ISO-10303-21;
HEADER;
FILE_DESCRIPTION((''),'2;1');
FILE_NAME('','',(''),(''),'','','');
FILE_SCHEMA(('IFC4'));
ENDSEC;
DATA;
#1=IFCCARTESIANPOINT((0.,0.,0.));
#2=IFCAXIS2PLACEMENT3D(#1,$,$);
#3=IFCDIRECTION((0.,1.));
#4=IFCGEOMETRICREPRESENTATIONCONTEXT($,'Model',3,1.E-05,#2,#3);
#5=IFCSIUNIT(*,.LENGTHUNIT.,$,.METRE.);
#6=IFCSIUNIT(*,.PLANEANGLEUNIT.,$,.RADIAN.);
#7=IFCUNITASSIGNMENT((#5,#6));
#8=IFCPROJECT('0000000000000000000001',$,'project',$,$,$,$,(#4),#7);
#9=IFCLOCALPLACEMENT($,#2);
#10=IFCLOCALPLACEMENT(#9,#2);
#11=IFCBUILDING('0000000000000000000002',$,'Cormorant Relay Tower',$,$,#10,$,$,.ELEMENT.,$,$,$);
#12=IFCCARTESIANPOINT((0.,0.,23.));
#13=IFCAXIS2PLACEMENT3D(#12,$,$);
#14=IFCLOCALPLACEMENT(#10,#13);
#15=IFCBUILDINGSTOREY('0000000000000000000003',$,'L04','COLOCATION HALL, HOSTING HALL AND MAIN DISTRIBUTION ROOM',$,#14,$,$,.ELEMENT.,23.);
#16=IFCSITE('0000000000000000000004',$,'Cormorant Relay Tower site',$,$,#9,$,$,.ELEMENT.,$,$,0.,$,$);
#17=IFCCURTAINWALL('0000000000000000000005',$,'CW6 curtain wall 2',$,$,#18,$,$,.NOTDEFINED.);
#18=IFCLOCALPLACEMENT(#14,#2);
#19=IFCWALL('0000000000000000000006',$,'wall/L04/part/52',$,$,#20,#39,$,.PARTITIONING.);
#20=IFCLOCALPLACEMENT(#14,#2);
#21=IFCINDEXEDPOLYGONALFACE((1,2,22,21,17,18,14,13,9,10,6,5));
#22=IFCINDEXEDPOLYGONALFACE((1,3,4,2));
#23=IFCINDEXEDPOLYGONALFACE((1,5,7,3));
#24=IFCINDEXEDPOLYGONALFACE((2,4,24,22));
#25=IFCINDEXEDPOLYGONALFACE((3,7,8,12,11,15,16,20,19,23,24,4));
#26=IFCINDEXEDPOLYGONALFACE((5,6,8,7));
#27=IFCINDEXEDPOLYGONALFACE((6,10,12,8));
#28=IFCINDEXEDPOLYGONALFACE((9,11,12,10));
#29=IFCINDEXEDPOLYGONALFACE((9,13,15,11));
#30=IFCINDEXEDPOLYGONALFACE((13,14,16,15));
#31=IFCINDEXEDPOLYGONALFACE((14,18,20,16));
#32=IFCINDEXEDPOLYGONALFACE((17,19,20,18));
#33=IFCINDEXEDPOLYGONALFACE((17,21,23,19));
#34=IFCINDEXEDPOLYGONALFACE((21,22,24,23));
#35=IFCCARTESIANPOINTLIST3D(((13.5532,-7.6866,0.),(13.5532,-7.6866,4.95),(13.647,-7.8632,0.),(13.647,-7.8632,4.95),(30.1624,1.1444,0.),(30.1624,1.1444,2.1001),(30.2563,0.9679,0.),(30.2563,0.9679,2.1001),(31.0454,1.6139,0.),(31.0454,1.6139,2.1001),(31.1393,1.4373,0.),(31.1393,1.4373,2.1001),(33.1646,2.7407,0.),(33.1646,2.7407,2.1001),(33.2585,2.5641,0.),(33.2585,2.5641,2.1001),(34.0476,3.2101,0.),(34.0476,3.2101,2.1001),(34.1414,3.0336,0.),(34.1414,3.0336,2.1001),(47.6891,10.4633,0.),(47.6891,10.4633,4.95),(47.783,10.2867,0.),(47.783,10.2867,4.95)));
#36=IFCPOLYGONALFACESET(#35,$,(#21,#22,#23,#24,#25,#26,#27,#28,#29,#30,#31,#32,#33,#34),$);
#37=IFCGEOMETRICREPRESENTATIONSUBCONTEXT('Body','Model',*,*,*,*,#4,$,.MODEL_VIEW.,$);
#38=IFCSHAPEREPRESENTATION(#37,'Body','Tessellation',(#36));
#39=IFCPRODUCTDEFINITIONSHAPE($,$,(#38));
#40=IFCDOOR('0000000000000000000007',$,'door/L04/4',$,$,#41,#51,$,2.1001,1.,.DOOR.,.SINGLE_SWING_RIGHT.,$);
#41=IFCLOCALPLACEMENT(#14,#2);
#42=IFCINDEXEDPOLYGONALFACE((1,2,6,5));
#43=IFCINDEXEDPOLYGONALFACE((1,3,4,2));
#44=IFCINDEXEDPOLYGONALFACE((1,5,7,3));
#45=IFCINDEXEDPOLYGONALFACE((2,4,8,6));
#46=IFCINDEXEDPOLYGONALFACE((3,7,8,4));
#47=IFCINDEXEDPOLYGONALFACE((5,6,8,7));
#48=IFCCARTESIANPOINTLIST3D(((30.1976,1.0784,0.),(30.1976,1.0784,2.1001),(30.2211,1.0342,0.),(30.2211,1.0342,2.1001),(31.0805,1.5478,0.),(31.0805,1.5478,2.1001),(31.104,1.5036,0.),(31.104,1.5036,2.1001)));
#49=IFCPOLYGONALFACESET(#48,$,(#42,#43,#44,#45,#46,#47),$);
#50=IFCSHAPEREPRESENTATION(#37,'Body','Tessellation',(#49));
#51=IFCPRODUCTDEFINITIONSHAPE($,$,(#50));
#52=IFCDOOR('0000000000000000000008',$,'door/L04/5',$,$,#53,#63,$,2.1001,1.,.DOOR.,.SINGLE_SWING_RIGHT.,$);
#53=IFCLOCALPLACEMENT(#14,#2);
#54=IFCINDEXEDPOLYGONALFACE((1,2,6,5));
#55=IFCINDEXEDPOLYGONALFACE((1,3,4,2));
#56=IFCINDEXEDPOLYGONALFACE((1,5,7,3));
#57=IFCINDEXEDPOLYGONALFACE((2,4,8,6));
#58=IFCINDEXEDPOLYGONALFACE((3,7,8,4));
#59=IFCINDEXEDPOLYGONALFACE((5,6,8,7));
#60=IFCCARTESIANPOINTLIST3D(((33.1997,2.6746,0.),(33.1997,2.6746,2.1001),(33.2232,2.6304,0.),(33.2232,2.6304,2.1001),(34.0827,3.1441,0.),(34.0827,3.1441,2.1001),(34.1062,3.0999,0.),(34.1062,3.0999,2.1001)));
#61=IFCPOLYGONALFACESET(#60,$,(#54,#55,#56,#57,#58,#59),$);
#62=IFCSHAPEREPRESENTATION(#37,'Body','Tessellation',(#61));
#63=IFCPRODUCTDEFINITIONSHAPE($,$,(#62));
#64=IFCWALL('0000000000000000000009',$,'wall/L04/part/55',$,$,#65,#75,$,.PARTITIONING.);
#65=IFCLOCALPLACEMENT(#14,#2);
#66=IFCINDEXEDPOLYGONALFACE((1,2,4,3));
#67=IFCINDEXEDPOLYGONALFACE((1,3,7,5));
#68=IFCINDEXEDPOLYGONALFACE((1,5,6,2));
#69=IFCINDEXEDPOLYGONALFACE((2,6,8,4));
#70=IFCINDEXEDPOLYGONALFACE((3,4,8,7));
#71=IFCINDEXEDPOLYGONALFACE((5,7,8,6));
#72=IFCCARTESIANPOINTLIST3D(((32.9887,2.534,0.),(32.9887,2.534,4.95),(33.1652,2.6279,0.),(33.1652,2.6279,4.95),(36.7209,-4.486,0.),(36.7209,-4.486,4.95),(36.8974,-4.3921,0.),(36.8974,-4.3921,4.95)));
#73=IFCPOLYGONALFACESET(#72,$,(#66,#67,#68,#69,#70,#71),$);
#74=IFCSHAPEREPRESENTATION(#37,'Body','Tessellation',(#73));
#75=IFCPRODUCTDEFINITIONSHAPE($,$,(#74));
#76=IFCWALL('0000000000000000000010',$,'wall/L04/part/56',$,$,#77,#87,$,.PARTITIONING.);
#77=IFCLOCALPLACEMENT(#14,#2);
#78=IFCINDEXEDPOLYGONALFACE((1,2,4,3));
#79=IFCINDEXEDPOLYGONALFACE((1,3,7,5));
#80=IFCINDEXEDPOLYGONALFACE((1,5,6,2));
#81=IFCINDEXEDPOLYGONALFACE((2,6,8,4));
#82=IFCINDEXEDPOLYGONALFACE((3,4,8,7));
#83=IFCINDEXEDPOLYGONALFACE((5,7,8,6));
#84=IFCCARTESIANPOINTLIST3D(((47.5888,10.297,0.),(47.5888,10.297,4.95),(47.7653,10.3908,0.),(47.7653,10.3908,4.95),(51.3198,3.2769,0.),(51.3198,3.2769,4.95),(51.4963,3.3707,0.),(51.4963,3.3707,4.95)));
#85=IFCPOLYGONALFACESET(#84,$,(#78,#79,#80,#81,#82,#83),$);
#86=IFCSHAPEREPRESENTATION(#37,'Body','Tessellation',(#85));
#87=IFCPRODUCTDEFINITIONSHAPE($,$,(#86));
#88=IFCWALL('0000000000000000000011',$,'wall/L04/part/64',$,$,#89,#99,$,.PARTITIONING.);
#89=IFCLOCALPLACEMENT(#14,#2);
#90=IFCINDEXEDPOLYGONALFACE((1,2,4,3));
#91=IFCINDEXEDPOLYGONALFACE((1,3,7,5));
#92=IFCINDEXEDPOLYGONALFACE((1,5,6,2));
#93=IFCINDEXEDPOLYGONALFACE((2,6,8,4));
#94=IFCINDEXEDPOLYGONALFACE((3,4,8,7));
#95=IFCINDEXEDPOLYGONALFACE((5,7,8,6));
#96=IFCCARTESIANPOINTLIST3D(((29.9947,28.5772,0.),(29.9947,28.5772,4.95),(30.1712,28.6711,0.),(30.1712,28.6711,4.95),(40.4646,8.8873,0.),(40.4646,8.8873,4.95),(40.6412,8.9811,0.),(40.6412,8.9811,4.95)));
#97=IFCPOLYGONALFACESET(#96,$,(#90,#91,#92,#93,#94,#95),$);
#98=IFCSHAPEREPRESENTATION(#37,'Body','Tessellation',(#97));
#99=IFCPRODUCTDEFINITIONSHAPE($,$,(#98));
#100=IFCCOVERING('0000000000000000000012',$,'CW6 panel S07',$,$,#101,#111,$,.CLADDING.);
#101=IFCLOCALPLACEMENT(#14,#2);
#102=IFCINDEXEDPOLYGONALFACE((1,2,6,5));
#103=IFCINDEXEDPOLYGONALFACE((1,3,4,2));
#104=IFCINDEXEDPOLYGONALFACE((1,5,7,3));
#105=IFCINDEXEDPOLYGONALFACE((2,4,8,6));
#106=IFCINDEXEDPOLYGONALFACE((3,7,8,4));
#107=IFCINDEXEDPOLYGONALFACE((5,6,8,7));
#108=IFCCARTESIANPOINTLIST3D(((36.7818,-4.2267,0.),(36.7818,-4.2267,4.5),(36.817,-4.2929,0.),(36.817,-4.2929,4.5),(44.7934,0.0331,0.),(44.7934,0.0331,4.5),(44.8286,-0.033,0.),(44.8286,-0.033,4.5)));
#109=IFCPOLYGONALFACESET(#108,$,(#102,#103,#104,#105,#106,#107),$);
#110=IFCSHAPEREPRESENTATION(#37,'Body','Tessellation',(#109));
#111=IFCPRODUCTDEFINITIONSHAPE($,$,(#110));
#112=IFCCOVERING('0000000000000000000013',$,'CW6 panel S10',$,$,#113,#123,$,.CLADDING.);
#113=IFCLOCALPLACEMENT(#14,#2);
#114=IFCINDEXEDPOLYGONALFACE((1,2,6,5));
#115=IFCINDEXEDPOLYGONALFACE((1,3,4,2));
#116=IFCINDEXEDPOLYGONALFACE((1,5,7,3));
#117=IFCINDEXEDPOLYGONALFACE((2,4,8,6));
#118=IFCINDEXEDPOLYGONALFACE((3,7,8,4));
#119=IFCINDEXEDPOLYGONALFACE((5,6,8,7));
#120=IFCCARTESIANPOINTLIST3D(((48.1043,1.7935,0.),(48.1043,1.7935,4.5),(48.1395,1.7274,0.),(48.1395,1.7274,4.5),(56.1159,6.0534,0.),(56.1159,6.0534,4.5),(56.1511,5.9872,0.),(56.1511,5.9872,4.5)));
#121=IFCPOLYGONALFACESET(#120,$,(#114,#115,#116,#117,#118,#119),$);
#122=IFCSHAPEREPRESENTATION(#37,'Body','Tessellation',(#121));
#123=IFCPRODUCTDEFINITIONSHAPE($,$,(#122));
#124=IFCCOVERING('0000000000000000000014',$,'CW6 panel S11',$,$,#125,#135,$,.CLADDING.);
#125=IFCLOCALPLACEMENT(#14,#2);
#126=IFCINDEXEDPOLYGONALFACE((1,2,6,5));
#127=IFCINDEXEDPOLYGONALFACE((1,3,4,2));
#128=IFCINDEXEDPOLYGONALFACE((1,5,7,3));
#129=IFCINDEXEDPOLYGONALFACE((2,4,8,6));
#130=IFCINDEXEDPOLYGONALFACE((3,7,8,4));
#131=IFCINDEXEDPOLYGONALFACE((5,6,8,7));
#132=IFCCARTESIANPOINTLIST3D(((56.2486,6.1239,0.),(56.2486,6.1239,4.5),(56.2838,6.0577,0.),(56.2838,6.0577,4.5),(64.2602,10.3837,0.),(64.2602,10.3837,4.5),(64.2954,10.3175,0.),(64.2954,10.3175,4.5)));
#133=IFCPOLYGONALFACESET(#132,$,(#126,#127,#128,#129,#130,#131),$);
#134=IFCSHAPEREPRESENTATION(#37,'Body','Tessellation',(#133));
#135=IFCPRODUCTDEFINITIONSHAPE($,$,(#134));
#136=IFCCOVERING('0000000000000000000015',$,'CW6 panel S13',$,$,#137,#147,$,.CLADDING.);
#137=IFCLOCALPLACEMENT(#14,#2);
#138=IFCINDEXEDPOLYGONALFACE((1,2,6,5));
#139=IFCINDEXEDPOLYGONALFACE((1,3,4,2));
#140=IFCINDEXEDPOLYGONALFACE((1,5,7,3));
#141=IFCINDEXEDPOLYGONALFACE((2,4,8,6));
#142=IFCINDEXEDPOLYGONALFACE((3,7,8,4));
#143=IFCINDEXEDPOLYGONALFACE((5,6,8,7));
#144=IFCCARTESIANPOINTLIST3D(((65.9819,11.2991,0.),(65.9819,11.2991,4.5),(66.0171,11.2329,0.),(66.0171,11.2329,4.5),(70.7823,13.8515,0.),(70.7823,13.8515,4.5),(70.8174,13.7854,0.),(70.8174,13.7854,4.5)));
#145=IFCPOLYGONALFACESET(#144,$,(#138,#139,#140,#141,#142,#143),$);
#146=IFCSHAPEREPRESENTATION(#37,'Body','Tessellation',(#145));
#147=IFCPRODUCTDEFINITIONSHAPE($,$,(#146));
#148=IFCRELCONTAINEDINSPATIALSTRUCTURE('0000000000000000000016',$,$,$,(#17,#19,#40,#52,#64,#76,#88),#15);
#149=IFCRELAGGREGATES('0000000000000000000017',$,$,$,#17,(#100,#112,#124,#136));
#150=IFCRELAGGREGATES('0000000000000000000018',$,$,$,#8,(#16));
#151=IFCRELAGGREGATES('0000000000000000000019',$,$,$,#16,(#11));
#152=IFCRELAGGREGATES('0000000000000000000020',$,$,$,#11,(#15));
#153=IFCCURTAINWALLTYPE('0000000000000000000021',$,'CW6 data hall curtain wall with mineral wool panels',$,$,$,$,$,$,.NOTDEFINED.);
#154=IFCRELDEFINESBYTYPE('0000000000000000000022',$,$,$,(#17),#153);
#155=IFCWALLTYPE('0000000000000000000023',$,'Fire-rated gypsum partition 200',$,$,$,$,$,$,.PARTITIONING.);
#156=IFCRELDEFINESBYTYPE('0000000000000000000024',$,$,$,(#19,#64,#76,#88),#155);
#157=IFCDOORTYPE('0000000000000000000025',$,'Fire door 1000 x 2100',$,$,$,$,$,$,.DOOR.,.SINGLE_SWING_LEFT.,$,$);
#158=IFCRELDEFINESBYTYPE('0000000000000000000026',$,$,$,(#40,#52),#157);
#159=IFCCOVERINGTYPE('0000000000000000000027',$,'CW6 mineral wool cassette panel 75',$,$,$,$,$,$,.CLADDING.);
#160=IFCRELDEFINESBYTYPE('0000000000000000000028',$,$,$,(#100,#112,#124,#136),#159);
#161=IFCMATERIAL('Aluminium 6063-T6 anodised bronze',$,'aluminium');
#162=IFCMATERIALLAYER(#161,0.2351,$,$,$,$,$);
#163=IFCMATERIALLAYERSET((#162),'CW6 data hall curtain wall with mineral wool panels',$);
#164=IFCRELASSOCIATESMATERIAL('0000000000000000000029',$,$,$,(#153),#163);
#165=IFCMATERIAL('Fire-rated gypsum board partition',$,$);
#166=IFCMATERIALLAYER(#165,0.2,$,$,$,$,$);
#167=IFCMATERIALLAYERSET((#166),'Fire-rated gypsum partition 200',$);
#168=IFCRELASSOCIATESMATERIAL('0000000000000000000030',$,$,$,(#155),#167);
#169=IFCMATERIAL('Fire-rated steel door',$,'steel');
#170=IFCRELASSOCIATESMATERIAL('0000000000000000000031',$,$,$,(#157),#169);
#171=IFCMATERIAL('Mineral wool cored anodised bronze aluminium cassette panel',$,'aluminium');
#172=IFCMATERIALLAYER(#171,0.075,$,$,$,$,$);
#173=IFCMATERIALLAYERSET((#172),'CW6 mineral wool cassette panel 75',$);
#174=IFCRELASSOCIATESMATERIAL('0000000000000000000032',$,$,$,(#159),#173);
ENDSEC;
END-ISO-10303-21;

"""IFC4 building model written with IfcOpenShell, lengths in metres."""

from ifc_helpers import new_model, si_unit, direction, frame, frame_2d, origin, origin_2d, place, context, subcontext, project, spatial, rectangle, extrude, material, layer, layer_set, type_object, element, fill, aggregate, save


model = new_model("IFC4")

# Units and contexts
model_context = context("Model", 3, precision=1e-05, world=origin(), true_north=direction((0.0, 1.0)))
body_context = subcontext(model_context, "Body", "Model", "MODEL_VIEW")
ifc_project = project(units=[si_unit("LENGTHUNIT", "METRE"), si_unit("PLANEANGLEUNIT", "RADIAN")], contexts=[model_context])

# Site, building, storey
site_placement = place(None, origin())
site = spatial("IfcSite", under=ifc_project, at=site_placement, Name="Cormorant Relay Tower site", CompositionType="ELEMENT", RefElevation=0.0)
building_placement = place(site_placement, origin())
building = spatial("IfcBuilding", under=site, at=building_placement, Name="Cormorant Relay Tower", CompositionType="ELEMENT")
storey_placement = place(building_placement, frame((0.0, 0.0, 23.0)))
storey = spatial("IfcBuildingStorey", under=building, at=storey_placement, Name="L04", Description="COLOCATION HALL, HOSTING HALL AND MAIN DISTRIBUTION ROOM", CompositionType="ELEMENT", Elevation=23.0)

# Curtain wall
ifc_material_1 = material(Name="Aluminium 6063-T6 anodised bronze", Category="aluminium")
ifc_layer_1 = layer(ifc_material_1, 0.2351)
ifc_layer_set_1 = layer_set([ifc_layer_1], Name="CW6 data hall curtain wall with mineral wool panels")
curtain_wall_type = type_object("IfcCurtainWallType", Name="CW6 data hall curtain wall with mineral wool panels", PredefinedType="NOTDEFINED", material=ifc_layer_set_1)
curtain_wall_1_placement = place(storey_placement, origin())
curtain_wall_1 = element("IfcCurtainWall", 1, at=curtain_wall_1_placement, inside=storey, type_object=curtain_wall_type, Name="CW6 curtain wall 2", PredefinedType="NOTDEFINED")

# Wall, openings, doors
ifc_material_2 = material(Name="Fire-rated gypsum board partition")
ifc_layer_2 = layer(ifc_material_2, 0.2)
ifc_layer_set_2 = layer_set([ifc_layer_2], Name="Fire-rated gypsum partition 200")
wall_type_1 = type_object("IfcWallType", Name="Fire-rated gypsum partition 200", PredefinedType="PARTITIONING", material=ifc_layer_set_2)
wall_1_placement = place(storey_placement, frame((47.7361, 10.375, 0.0), z_axis=(0.0, 0.0, 1.0), x_axis=(-0.882953, -0.469461, 0.0)))
wall_1 = element("IfcWall", 2, at=wall_1_placement, inside=storey, type_object=wall_type_1, Name="wall/L04/part/52", PredefinedType="PARTITIONING", context=body_context, shape_type="SweptSolid", body=[
    extrude(rectangle(XDim=38.6611, YDim=0.2, at=frame_2d((19.3306, 0.0))), origin(), (0.0, 0.0, 1.0), 4.95),
])
opening_1_placement = place(wall_1_placement, frame((18.8501, 0.0, 0.0)))
opening_1 = element("IfcOpeningElement", 3, at=opening_1_placement, cuts=wall_1, PredefinedType="OPENING", context=body_context, shape_type="SweptSolid", body=[
    extrude(rectangle(XDim=1.0, YDim=2.1001, at=frame_2d((0.5, 1.05))), frame((0.0, 0.1099, 0.0), z_axis=(0.0, -1.0, 0.0), x_axis=(1.0, 0.0, 0.0)), (0.0, 0.0, 1.0), 0.22),
])
opening_2_placement = place(wall_1_placement, frame((15.45, 0.0, 0.0)))
opening_2 = element("IfcOpeningElement", 4, at=opening_2_placement, cuts=wall_1, PredefinedType="OPENING", context=body_context, shape_type="SweptSolid", body=[
    extrude(rectangle(XDim=1.0, YDim=2.1001, at=frame_2d((0.5, 1.05))), frame((0.0, 0.1099, 0.0), z_axis=(0.0, -1.0, 0.0), x_axis=(1.0, 0.0, 0.0)), (0.0, 0.0, 1.0), 0.22),
])
ifc_material_3 = material(Name="Fire-rated steel door", Category="steel")
door_type_1 = type_object("IfcDoorType", Name="Fire door 1000 x 2100", OperationType="SINGLE_SWING_LEFT", PredefinedType="DOOR", material=ifc_material_3)
door_1_placement = place(opening_1_placement, origin())
door_1 = element("IfcDoor", 5, at=door_1_placement, inside=storey, type_object=door_type_1, Name="door/L04/4", OperationType="SINGLE_SWING_RIGHT", OverallHeight=2.1001, OverallWidth=1.0, PredefinedType="DOOR", context=body_context, shape_type="SweptSolid", body=[
    extrude(rectangle(XDim=1.0, YDim=2.1001, at=frame_2d((0.5, 1.05))), frame((0.0, 0.0249, 0.0), z_axis=(0.0, -1.0, 0.0), x_axis=(1.0, 0.0, 0.0)), (0.0, 0.0, 1.0), 0.05),
])
fill(opening_1, door_1)
door_2_placement = place(opening_2_placement, origin())
door_2 = element("IfcDoor", 6, at=door_2_placement, inside=storey, type_object=door_type_1, Name="door/L04/5", OperationType="SINGLE_SWING_RIGHT", OverallHeight=2.1001, OverallWidth=1.0, PredefinedType="DOOR", context=body_context, shape_type="SweptSolid", body=[
    extrude(rectangle(XDim=1.0, YDim=2.1001, at=frame_2d((0.5, 1.05))), frame((0.0, 0.0249, 0.0), z_axis=(0.0, -1.0, 0.0), x_axis=(1.0, 0.0, 0.0)), (0.0, 0.0, 1.0), 0.05),
])
fill(opening_2, door_2)

# Walls
wall_2_placement = place(storey_placement, frame((36.8091, -4.439, 0.0), z_axis=(0.0, 0.0, 1.0), x_axis=(-0.469429, 0.88297, 0.0)))
element("IfcWall", 7, at=wall_2_placement, inside=storey, type_object=wall_type_1, Name="wall/L04/part/55", PredefinedType="PARTITIONING", context=body_context, shape_type="SweptSolid", body=[
    extrude(rectangle(XDim=7.9504, YDim=0.2, at=frame_2d((3.9751, 0.0))), origin(), (0.0, 0.0, 1.0), 4.95),
])
wall_3_placement = place(storey_placement, frame((47.677, 10.344, 0.0), z_axis=(0.0, 0.0, 1.0), x_axis=(0.469309, -0.883034, 0.0)))
element("IfcWall", 8, at=wall_3_placement, inside=storey, type_object=wall_type_1, Name="wall/L04/part/56", PredefinedType="PARTITIONING", context=body_context, shape_type="SweptSolid", body=[
    extrude(rectangle(XDim=7.95, YDim=0.2, at=frame_2d((3.9751, 0.0))), origin(), (0.0, 0.0, 1.0), 4.95),
])
wall_4_placement = place(storey_placement, frame((40.553, 8.9341, 0.0), z_axis=(0.0, 0.0, 1.0), x_axis=(-0.469494, 0.882936, 0.0)))
element("IfcWall", 9, at=wall_4_placement, inside=storey, type_object=wall_type_1, Name="wall/L04/part/64", PredefinedType="PARTITIONING", context=body_context, shape_type="SweptSolid", body=[
    extrude(rectangle(XDim=22.3005, YDim=0.2, at=frame_2d((11.1504, 0.0))), origin(), (0.0, 0.0, 1.0), 4.95),
])

# Coverings
ifc_material_4 = material(Name="Mineral wool cored anodised bronze aluminium cassette panel", Category="aluminium")
ifc_layer_3 = layer(ifc_material_4, 0.075)
ifc_layer_set_3 = layer_set([ifc_layer_3], Name="CW6 mineral wool cassette panel 75")
covering_type = type_object("IfcCoveringType", Name="CW6 mineral wool cassette panel 75", PredefinedType="CLADDING", material=ifc_layer_set_3)
covering_1_placement = place(storey_placement, frame((40.8052, -2.1299, 0.0), z_axis=(0.0, 0.0, 1.0), x_axis=(0.882948, 0.469472, 0.0)))
covering_1 = element("IfcCovering", 10, at=covering_1_placement, type_object=covering_type, Name="CW6 panel S07", PredefinedType="CLADDING", context=body_context, shape_type="SweptSolid", body=[
    extrude(rectangle(XDim=9.0737, YDim=0.075, at=origin_2d()), origin(), (0.0, 0.0, 1.0), 4.5),
])
covering_2_placement = place(storey_placement, frame((52.1277, 3.8904, 0.0), z_axis=(0.0, 0.0, 1.0), x_axis=(0.882948, 0.469472, 0.0)))
covering_2 = element("IfcCovering", 11, at=covering_2_placement, type_object=covering_type, Name="CW6 panel S10", PredefinedType="CLADDING", context=body_context, shape_type="SweptSolid", body=[
    extrude(rectangle(XDim=9.0737, YDim=0.075, at=origin_2d()), origin(), (0.0, 0.0, 1.0), 4.5),
])
covering_3_placement = place(storey_placement, frame((60.272, 8.2207, 0.0), z_axis=(0.0, 0.0, 1.0), x_axis=(0.882948, 0.469472, 0.0)))
covering_3 = element("IfcCovering", 12, at=covering_3_placement, type_object=covering_type, Name="CW6 panel S11", PredefinedType="CLADDING", context=body_context, shape_type="SweptSolid", body=[
    extrude(rectangle(XDim=9.0737, YDim=0.075, at=origin_2d()), origin(), (0.0, 0.0, 1.0), 4.5),
])
covering_4_placement = place(storey_placement, frame((68.3997, 12.5422, 0.0), z_axis=(0.0, 0.0, 1.0), x_axis=(0.882948, 0.469472, 0.0)))
covering_4 = element("IfcCovering", 13, at=covering_4_placement, type_object=covering_type, Name="CW6 panel S13", PredefinedType="CLADDING", context=body_context, shape_type="SweptSolid", body=[
    extrude(rectangle(XDim=5.4368, YDim=0.075, at=origin_2d()), origin(), (0.0, 0.0, 1.0), 4.5),
])
aggregate(curtain_wall_1, [covering_1, covering_2, covering_3, covering_4])

save(model, "model.ifc")
